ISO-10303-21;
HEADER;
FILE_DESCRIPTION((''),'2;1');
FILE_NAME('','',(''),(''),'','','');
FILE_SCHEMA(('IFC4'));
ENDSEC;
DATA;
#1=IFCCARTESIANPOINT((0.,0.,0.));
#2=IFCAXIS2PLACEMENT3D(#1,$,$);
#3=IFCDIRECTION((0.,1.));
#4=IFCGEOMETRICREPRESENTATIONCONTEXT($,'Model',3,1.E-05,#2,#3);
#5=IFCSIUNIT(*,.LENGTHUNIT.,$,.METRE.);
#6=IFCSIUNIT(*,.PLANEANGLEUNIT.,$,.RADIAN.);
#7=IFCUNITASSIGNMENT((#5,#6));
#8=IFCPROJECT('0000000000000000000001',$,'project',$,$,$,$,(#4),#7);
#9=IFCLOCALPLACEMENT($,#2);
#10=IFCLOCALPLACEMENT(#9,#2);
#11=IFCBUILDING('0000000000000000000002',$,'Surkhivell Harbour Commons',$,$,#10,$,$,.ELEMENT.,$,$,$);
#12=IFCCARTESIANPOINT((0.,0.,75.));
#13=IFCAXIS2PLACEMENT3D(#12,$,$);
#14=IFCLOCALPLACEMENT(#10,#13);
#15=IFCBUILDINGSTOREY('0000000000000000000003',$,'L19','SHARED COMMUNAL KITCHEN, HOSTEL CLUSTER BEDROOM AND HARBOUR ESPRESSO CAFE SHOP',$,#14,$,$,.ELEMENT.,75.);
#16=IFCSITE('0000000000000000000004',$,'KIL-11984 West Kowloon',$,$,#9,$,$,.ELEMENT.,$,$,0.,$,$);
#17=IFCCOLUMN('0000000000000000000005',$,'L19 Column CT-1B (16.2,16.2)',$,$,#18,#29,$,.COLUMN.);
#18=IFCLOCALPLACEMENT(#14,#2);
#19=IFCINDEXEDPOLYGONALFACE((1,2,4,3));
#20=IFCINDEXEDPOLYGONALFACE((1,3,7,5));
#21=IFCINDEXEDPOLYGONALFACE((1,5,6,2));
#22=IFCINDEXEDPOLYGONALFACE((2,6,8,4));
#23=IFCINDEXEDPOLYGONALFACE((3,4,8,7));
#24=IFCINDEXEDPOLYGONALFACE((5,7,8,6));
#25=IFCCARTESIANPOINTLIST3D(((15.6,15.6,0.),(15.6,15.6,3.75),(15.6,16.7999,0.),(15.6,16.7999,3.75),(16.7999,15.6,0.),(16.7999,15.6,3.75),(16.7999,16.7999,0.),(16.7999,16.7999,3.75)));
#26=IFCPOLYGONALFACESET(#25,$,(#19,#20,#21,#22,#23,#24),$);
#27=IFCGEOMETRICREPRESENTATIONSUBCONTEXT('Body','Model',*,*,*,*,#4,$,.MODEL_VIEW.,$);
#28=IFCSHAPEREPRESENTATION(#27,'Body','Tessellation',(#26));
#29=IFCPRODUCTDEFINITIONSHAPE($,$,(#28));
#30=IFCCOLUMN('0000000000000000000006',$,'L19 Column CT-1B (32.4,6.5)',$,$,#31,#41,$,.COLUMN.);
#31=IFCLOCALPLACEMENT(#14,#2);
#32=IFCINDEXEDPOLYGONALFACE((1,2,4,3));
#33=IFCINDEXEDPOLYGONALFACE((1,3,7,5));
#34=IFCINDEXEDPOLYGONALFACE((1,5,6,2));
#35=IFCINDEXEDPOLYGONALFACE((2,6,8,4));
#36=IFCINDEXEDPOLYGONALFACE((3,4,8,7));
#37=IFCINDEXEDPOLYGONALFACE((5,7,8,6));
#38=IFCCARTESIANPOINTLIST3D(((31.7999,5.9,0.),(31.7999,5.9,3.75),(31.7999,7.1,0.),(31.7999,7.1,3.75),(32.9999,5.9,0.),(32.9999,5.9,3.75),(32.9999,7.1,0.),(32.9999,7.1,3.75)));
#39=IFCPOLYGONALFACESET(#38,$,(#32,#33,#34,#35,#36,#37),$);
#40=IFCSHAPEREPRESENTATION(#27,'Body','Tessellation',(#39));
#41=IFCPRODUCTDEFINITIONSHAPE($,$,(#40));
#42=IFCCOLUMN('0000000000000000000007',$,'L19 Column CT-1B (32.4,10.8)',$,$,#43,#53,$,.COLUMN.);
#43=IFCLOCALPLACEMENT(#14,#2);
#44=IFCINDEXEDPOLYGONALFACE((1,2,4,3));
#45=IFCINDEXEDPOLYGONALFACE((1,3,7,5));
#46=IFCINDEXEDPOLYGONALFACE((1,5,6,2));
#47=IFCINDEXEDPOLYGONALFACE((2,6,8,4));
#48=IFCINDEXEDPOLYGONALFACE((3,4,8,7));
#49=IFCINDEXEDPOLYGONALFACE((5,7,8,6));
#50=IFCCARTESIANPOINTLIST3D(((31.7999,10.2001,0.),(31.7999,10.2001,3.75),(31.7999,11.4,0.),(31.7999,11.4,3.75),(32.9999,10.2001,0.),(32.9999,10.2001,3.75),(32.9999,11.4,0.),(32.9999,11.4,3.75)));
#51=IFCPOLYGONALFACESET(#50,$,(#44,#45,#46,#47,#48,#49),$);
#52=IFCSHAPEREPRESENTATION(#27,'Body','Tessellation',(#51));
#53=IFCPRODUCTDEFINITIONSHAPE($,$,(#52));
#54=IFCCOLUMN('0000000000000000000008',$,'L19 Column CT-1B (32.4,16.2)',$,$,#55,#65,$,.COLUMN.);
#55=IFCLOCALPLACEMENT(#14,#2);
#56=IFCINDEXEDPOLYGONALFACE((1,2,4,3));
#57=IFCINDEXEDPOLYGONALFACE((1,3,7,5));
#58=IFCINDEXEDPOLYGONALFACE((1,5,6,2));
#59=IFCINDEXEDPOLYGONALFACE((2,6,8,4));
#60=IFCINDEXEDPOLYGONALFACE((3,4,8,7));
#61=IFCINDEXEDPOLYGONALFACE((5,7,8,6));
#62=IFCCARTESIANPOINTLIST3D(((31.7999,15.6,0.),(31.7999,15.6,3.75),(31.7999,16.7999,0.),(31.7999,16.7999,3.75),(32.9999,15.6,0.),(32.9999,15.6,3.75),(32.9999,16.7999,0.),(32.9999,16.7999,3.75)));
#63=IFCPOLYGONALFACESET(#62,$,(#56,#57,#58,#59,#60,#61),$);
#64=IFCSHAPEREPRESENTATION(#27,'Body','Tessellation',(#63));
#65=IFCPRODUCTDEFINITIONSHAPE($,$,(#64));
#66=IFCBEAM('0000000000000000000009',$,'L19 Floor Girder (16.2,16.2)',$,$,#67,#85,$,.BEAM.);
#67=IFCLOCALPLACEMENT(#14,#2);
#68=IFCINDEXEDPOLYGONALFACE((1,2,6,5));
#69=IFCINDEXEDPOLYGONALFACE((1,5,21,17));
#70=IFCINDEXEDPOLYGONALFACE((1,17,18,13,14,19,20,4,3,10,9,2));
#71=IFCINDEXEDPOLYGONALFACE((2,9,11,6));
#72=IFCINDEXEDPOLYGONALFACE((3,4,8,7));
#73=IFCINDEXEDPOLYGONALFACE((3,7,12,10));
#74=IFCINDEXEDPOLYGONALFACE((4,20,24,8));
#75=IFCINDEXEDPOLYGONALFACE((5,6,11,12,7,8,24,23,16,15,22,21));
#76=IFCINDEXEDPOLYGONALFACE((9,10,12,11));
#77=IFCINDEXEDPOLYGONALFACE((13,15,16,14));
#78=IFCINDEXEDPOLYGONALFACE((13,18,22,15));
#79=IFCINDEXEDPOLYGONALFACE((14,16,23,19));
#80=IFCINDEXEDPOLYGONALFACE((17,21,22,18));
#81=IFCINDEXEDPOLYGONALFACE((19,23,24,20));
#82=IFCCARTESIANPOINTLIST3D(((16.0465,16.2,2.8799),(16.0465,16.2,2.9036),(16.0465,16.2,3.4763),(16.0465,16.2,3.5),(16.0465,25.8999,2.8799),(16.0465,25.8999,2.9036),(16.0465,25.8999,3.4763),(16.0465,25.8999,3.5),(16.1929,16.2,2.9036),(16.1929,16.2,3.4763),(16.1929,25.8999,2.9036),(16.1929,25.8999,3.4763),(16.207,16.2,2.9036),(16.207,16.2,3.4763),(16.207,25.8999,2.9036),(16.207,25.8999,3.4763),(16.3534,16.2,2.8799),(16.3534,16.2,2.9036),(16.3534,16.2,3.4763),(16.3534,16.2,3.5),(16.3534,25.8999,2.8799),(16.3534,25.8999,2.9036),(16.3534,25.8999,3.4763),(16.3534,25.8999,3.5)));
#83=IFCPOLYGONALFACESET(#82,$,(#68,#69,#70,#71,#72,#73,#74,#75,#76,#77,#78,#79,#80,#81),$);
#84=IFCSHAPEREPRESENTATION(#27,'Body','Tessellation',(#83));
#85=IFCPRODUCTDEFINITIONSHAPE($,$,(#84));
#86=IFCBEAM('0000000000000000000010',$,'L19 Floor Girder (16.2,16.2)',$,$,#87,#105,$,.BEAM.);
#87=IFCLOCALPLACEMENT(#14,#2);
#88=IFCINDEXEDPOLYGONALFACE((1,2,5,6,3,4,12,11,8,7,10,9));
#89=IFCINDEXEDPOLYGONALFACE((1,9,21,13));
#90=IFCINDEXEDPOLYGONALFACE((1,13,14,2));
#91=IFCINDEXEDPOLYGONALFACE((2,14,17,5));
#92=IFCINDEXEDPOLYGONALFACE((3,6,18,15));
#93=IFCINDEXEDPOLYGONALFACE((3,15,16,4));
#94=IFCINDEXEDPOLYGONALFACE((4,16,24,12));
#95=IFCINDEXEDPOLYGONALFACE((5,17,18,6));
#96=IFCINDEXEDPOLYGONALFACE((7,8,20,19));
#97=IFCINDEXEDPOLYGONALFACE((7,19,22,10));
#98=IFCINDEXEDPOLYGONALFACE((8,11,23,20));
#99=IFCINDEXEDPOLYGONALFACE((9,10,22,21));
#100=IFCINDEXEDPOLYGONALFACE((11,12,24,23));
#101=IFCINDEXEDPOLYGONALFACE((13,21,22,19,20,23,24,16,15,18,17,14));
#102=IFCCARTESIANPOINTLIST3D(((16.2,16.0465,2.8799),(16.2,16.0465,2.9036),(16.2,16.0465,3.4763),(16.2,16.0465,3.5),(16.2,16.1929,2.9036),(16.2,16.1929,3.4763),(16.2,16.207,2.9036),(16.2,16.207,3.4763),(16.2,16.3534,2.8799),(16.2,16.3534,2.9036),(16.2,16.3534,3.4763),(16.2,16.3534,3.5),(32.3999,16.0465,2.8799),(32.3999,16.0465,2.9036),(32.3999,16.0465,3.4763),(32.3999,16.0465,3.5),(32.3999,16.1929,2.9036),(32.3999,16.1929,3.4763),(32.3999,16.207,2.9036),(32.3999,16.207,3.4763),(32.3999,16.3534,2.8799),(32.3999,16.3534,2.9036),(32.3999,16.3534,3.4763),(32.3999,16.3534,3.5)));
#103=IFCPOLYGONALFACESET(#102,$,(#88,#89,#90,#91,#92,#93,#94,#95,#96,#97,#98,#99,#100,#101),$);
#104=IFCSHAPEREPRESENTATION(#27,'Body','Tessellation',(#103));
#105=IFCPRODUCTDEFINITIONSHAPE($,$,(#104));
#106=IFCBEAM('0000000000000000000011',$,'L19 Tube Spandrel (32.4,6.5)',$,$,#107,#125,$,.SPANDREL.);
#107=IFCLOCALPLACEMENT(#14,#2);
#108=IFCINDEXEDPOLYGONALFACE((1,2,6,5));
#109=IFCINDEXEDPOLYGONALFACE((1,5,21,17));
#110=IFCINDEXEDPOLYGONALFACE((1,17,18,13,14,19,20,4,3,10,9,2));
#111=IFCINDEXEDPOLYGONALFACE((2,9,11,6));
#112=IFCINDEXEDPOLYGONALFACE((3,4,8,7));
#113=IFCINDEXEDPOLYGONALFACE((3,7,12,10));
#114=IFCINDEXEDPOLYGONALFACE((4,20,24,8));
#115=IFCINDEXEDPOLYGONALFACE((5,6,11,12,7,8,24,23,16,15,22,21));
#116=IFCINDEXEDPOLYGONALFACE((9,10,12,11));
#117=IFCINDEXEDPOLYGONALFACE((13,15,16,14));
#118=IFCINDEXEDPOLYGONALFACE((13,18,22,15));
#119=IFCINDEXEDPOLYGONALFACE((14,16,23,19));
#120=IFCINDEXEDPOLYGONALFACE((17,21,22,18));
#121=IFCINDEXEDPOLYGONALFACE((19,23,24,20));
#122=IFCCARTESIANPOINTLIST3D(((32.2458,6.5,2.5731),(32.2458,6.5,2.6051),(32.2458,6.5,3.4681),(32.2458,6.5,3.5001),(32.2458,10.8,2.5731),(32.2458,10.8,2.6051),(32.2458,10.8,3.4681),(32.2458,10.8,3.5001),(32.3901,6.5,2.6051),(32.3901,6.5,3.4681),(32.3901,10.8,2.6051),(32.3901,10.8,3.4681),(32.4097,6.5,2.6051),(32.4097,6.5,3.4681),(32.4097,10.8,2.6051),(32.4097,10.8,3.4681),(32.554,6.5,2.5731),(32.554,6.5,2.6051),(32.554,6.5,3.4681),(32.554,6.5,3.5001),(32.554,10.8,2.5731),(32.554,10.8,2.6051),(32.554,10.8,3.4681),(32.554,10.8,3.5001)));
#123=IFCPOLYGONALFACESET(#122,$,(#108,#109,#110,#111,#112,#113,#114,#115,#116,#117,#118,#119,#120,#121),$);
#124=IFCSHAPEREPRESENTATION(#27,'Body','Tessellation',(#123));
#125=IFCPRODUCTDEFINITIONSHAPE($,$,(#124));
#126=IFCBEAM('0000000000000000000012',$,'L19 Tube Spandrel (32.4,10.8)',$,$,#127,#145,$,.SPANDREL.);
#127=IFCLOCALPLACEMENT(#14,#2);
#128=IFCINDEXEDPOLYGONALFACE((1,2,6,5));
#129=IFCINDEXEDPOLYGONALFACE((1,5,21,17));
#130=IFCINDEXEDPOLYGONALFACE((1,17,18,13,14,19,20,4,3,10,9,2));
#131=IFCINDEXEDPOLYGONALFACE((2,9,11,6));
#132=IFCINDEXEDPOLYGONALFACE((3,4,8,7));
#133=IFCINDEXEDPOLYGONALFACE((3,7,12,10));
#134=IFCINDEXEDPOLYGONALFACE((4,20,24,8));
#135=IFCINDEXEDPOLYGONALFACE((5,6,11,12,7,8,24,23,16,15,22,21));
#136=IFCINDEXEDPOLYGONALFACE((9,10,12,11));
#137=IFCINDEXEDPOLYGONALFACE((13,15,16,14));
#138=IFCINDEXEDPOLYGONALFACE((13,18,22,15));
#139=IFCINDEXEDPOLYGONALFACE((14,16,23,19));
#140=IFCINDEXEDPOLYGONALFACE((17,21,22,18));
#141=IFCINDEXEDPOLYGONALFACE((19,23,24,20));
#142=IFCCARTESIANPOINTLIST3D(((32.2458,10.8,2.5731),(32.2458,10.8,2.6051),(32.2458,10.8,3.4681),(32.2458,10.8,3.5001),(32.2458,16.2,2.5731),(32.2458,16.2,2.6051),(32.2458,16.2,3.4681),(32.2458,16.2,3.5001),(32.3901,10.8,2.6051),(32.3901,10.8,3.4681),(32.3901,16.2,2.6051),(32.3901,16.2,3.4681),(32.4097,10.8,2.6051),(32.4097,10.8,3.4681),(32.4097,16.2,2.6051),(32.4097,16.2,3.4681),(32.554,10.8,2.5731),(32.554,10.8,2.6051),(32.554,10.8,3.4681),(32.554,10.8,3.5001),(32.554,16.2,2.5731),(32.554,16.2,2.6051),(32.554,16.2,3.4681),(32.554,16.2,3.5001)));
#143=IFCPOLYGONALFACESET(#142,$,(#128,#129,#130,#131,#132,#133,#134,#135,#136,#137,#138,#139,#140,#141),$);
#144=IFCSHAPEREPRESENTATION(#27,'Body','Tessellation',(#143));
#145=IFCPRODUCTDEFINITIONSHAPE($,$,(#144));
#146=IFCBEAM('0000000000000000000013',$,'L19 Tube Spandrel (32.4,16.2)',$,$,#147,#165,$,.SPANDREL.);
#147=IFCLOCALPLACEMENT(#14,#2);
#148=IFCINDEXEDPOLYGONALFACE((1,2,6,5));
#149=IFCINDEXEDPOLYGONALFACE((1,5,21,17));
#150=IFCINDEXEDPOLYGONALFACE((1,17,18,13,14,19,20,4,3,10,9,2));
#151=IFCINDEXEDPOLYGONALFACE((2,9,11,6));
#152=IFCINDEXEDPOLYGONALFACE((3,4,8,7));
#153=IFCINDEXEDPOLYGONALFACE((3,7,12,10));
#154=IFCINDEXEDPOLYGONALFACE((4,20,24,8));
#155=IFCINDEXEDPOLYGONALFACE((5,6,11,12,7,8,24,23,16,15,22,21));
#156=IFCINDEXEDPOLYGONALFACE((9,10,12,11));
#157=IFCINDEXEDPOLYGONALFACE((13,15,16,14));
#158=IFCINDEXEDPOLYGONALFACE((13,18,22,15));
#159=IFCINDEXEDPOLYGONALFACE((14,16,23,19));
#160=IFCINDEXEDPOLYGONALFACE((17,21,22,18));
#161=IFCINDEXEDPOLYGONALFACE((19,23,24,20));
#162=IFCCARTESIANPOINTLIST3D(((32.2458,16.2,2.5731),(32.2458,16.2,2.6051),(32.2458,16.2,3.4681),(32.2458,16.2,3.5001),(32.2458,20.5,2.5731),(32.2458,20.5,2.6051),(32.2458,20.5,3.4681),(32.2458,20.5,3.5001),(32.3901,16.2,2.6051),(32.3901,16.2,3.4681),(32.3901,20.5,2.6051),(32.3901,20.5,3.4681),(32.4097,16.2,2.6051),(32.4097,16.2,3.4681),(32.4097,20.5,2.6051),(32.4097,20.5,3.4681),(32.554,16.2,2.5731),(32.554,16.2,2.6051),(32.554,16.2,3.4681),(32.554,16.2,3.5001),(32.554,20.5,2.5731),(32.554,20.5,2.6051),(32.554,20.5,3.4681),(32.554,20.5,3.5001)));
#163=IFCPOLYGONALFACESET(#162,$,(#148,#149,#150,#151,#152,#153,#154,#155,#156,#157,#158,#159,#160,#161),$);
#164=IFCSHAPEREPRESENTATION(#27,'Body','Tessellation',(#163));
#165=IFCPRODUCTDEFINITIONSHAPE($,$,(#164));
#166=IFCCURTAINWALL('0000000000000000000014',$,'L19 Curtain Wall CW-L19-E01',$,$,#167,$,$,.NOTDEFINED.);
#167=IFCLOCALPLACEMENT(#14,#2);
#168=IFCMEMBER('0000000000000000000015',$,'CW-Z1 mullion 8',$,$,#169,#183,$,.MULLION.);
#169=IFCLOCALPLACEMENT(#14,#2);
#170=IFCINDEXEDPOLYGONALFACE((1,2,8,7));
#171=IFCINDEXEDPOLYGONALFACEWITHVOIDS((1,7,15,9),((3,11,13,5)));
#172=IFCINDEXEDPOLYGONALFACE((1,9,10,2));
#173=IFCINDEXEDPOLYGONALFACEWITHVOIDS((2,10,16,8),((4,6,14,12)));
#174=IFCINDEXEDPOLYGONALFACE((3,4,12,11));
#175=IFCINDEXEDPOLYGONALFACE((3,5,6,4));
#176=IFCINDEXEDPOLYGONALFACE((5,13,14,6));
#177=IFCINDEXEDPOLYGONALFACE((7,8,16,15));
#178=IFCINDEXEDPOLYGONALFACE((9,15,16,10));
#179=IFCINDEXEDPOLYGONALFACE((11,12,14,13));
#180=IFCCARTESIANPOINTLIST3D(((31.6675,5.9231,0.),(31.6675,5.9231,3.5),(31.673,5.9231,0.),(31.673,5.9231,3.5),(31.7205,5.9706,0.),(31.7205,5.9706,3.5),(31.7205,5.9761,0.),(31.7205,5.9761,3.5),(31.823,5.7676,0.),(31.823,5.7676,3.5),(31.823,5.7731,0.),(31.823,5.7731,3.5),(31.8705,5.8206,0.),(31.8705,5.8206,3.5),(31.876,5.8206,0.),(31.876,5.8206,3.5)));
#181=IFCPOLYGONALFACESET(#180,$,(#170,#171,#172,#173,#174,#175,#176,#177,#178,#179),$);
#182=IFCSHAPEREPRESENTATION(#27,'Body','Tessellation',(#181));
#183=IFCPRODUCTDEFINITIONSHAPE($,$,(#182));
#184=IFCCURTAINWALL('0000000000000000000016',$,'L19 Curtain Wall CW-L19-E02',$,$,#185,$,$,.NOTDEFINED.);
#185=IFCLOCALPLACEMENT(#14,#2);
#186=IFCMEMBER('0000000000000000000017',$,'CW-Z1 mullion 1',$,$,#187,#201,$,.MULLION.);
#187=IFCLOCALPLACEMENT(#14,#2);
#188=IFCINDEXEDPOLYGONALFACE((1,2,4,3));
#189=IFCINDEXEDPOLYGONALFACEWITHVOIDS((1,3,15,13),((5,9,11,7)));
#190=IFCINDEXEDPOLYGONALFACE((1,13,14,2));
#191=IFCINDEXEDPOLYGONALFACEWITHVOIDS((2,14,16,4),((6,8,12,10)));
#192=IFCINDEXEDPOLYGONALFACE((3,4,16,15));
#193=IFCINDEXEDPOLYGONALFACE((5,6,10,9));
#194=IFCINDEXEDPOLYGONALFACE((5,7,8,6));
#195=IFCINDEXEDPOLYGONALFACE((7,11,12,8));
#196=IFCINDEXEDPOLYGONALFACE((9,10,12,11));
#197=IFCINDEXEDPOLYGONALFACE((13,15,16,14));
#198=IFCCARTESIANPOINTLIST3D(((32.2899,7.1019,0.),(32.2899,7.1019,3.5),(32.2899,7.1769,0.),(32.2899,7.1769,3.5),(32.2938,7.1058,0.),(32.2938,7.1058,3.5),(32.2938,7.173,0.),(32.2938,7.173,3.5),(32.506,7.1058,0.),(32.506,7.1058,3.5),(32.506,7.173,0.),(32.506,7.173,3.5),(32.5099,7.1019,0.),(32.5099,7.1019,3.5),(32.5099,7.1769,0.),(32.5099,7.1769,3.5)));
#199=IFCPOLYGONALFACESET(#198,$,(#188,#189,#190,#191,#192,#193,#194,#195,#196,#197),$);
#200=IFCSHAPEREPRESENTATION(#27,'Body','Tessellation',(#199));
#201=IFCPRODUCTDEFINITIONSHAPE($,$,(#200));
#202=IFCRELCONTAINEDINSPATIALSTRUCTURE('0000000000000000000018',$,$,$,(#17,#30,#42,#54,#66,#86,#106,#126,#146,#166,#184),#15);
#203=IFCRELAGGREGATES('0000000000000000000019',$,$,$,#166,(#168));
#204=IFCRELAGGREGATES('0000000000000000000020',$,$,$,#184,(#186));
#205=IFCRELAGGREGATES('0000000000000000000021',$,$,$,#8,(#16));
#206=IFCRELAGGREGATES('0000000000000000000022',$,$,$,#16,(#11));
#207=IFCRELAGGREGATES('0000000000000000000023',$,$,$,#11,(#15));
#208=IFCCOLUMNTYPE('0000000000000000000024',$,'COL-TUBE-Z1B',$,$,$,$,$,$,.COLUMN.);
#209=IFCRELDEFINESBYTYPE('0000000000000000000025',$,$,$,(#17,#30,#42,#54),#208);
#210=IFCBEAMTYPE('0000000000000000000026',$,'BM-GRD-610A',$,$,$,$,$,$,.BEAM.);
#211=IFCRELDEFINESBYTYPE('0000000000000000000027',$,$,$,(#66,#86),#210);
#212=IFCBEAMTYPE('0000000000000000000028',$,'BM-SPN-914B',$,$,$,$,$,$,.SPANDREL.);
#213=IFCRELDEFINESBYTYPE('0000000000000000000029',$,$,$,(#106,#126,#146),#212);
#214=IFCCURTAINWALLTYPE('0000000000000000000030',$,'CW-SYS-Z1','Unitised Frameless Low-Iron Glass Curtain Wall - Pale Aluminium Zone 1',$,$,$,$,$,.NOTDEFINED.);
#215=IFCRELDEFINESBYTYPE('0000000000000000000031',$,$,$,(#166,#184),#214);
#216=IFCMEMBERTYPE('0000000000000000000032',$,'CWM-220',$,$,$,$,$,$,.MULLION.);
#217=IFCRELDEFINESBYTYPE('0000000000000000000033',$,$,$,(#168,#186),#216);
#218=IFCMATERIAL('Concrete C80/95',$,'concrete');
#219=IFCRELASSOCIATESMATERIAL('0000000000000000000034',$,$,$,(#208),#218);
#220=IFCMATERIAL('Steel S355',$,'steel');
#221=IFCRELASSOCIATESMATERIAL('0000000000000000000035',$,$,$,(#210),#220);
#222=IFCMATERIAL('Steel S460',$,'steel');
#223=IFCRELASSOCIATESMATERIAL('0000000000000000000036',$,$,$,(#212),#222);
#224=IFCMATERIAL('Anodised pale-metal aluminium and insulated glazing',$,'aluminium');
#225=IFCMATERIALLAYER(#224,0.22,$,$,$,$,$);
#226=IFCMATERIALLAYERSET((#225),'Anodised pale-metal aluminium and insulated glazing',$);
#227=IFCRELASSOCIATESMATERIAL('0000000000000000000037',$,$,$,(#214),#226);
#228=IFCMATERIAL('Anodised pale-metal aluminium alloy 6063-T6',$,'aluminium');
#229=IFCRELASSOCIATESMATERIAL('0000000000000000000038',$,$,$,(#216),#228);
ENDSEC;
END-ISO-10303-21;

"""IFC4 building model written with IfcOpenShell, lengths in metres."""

from ifc_helpers import new_model, si_unit, direction, frame, origin, origin_2d, place, context, subcontext, project, spatial, rectangle, hollow_rectangle, i_section, extrude, material, layer, layer_set, material_profile, profile_set, type_object, element, aggregate, save


model = new_model("IFC4")

# Units and contexts
model_context = context("Model", 3, precision=1e-05, world=origin(), true_north=direction((0.0, 1.0)))
body_context = subcontext(model_context, "Body", "Model", "MODEL_VIEW")
ifc_project = project(units=[si_unit("LENGTHUNIT", "METRE"), si_unit("PLANEANGLEUNIT", "RADIAN")], contexts=[model_context])

# Site, building, storey
site_placement = place(None, origin())
site = spatial("IfcSite", under=ifc_project, at=site_placement, Name="KIL-11984 West Kowloon", CompositionType="ELEMENT", RefElevation=0.0)
building_placement = place(site_placement, origin())
building = spatial("IfcBuilding", under=site, at=building_placement, Name="Surkhivell Harbour Commons", CompositionType="ELEMENT")
storey_placement = place(building_placement, frame((0.0, 0.0, 75.0)))
storey = spatial("IfcBuildingStorey", under=building, at=storey_placement, Name="L19", Description="SHARED COMMUNAL KITCHEN, HOSTEL CLUSTER BEDROOM AND HARBOUR ESPRESSO CAFE SHOP", CompositionType="ELEMENT", Elevation=75.0)

# Columns
ifc_material_1 = material(Name="Concrete C80/95", Category="concrete")
ifc_material_profile_1 = material_profile(ifc_material_1, rectangle(XDim=1.2, YDim=1.2, at=origin_2d()), Name="RC-COL-1200x1200")
ifc_profile_set_1 = profile_set([ifc_material_profile_1], Name="Concrete C80/95")
column_type = type_object("IfcColumnType", Name="COL-TUBE-Z1B", PredefinedType="COLUMN", material=ifc_profile_set_1)
for number, where, z_axis, x_axis, name in (
    (1, (16.2, 16.2, 0.0), (0.0, 0.0, 1.0), (1.0, 0.0, 0.0), "L19 Column CT-1B (16.2,16.2)"),
    (2, (32.3999, 6.5, 0.0), (0.0, 0.0, 1.0), (1.0, 0.0, 0.0), "L19 Column CT-1B (32.4,6.5)"),
    (3, (32.3999, 10.8, 0.0), (0.0, 0.0, 1.0), (1.0, 0.0, 0.0), "L19 Column CT-1B (32.4,10.8)"),
    (4, (32.3999, 16.2, 0.0), (0.0, 0.0, 1.0), (1.0, 0.0, 0.0), "L19 Column CT-1B (32.4,16.2)"),
):
    element("IfcColumn", number, at=place(storey_placement, frame(where, z_axis=z_axis, x_axis=x_axis)), inside=storey, type_object=column_type, Name=name, PredefinedType="COLUMN", context=body_context, shape_type="SweptSolid", body=[
        extrude(rectangle(XDim=1.2, YDim=1.2, at=origin_2d()), origin(), (0.0, 0.0, 1.0), 3.75),
    ])

# Beams
ifc_material_2 = material(Name="Steel S355", Category="steel")
ifc_material_profile_2 = material_profile(ifc_material_2, i_section(OverallWidth=0.3069, OverallDepth=0.6201, WebThickness=0.0142, FlangeThickness=0.0237, at=origin_2d()), Name="UB610x305x179")
ifc_profile_set_2 = profile_set([ifc_material_profile_2], Name="Steel S355")
beam_type_1 = type_object("IfcBeamType", Name="BM-GRD-610A", PredefinedType="BEAM", material=ifc_profile_set_2)
beam_1_placement = place(storey_placement, frame((16.2, 16.2, 3.1899), z_axis=(0.0, 1.0, 0.0), x_axis=(-1.0, 0.0, 0.0)))
element("IfcBeam", 5, at=beam_1_placement, inside=storey, type_object=beam_type_1, Name="L19 Floor Girder (16.2,16.2)", PredefinedType="BEAM", context=body_context, shape_type="SweptSolid", body=[
    extrude(i_section(OverallWidth=0.3069, OverallDepth=0.6201, WebThickness=0.0142, FlangeThickness=0.0237, at=origin_2d()), origin(), (0.0, 0.0, 1.0), 9.7),
])
beam_2_placement = place(storey_placement, frame((16.2, 16.2, 3.1899), z_axis=(1.0, 0.0, 0.0), x_axis=(0.0, 1.0, 0.0)))
element("IfcBeam", 6, at=beam_2_placement, inside=storey, type_object=beam_type_1, Name="L19 Floor Girder (16.2,16.2)", PredefinedType="BEAM", context=body_context, shape_type="SweptSolid", body=[
    extrude(i_section(OverallWidth=0.3069, OverallDepth=0.6201, WebThickness=0.0142, FlangeThickness=0.0237, at=origin_2d()), origin(), (0.0, 0.0, 1.0), 16.2),
])
ifc_material_3 = material(Name="Steel S460", Category="steel")
ifc_material_profile_3 = material_profile(ifc_material_3, i_section(OverallWidth=0.3081, OverallDepth=0.927, WebThickness=0.0195, FlangeThickness=0.032, at=origin_2d()), Name="UB914x305x289")
ifc_profile_set_3 = profile_set([ifc_material_profile_3], Name="Steel S460")
beam_type_2 = type_object("IfcBeamType", Name="BM-SPN-914B", PredefinedType="SPANDREL", material=ifc_profile_set_3)
beam_3_placement = place(storey_placement, frame((32.3999, 6.5, 3.0366), z_axis=(0.0, 1.0, 0.0), x_axis=(-1.0, 0.0, 0.0)))
element("IfcBeam", 7, at=beam_3_placement, inside=storey, type_object=beam_type_2, Name="L19 Tube Spandrel (32.4,6.5)", PredefinedType="SPANDREL", context=body_context, shape_type="SweptSolid", body=[
    extrude(i_section(OverallWidth=0.3081, OverallDepth=0.927, WebThickness=0.0195, FlangeThickness=0.032, at=origin_2d()), origin(), (0.0, 0.0, 1.0), 4.3),
])
beam_4_placement = place(storey_placement, frame((32.3999, 10.8, 3.0366), z_axis=(0.0, 1.0, 0.0), x_axis=(-1.0, 0.0, 0.0)))
element("IfcBeam", 8, at=beam_4_placement, inside=storey, type_object=beam_type_2, Name="L19 Tube Spandrel (32.4,10.8)", PredefinedType="SPANDREL", context=body_context, shape_type="SweptSolid", body=[
    extrude(i_section(OverallWidth=0.3081, OverallDepth=0.927, WebThickness=0.0195, FlangeThickness=0.032, at=origin_2d()), origin(), (0.0, 0.0, 1.0), 5.3999),
])
beam_5_placement = place(storey_placement, frame((32.3999, 16.2, 3.0366), z_axis=(0.0, 1.0, 0.0), x_axis=(-1.0, 0.0, 0.0)))
element("IfcBeam", 9, at=beam_5_placement, inside=storey, type_object=beam_type_2, Name="L19 Tube Spandrel (32.4,16.2)", PredefinedType="SPANDREL", context=body_context, shape_type="SweptSolid", body=[
    extrude(i_section(OverallWidth=0.3081, OverallDepth=0.927, WebThickness=0.0195, FlangeThickness=0.032, at=origin_2d()), origin(), (0.0, 0.0, 1.0), 4.3),
])

# Curtain wall, member
ifc_material_4 = material(Name="Anodised pale-metal aluminium and insulated glazing", Category="aluminium")
ifc_layer_1 = layer(ifc_material_4, 0.22)
ifc_layer_set_1 = layer_set([ifc_layer_1], Name="Anodised pale-metal aluminium and insulated glazing")
curtain_wall_type = type_object("IfcCurtainWallType", Name="CW-SYS-Z1", Description="Unitised Frameless Low-Iron Glass Curtain Wall - Pale Aluminium Zone 1", PredefinedType="NOTDEFINED", material=ifc_layer_set_1)
curtain_wall_1_placement = place(storey_placement, origin())
curtain_wall_1 = element("IfcCurtainWall", 10, at=curtain_wall_1_placement, inside=storey, type_object=curtain_wall_type, Name="L19 Curtain Wall CW-L19-E01", PredefinedType="NOTDEFINED")
ifc_material_5 = material(Name="Anodised pale-metal aluminium alloy 6063-T6", Category="aluminium")
ifc_material_profile_4 = material_profile(ifc_material_5, hollow_rectangle(XDim=0.075, YDim=0.22, WallThickness=0.0039, at=origin_2d()), Name="ALU-MULL-75x220")
ifc_profile_set_4 = profile_set([ifc_material_profile_4], Name="Anodised pale-metal aluminium alloy 6063-T6")
member_type_1 = type_object("IfcMemberType", Name="CWM-220", PredefinedType="MULLION", material=ifc_profile_set_4)
member_1_placement = place(storey_placement, frame((31.7717, 5.8718, 0.0), z_axis=(0.0, 0.0, 1.0), x_axis=(0.707107, 0.707107, 0.0)))
member_1 = element("IfcMember", 11, at=member_1_placement, type_object=member_type_1, Name="CW-Z1 mullion 8", PredefinedType="MULLION", context=body_context, shape_type="SweptSolid", body=[
    extrude(hollow_rectangle(XDim=0.075, YDim=0.22, WallThickness=0.0039, at=origin_2d()), origin(), (0.0, 0.0, 1.0), 3.5),
])

# Curtain wall, member
curtain_wall_2_placement = place(storey_placement, origin())
curtain_wall_2 = element("IfcCurtainWall", 12, at=curtain_wall_2_placement, inside=storey, type_object=curtain_wall_type, Name="L19 Curtain Wall CW-L19-E02", PredefinedType="NOTDEFINED")
member_2_placement = place(storey_placement, frame((32.3999, 7.1394, 0.0), z_axis=(0.0, 0.0, 1.0), x_axis=(0.0, 1.0, 0.0)))
member_2 = element("IfcMember", 13, at=member_2_placement, type_object=member_type_1, Name="CW-Z1 mullion 1", PredefinedType="MULLION", context=body_context, shape_type="SweptSolid", body=[
    extrude(hollow_rectangle(XDim=0.075, YDim=0.22, WallThickness=0.0039, at=origin_2d()), origin(), (0.0, 0.0, 1.0), 3.5),
])

aggregate(curtain_wall_1, [member_1])
aggregate(curtain_wall_2, [member_2])

save(model, "model.ifc")
